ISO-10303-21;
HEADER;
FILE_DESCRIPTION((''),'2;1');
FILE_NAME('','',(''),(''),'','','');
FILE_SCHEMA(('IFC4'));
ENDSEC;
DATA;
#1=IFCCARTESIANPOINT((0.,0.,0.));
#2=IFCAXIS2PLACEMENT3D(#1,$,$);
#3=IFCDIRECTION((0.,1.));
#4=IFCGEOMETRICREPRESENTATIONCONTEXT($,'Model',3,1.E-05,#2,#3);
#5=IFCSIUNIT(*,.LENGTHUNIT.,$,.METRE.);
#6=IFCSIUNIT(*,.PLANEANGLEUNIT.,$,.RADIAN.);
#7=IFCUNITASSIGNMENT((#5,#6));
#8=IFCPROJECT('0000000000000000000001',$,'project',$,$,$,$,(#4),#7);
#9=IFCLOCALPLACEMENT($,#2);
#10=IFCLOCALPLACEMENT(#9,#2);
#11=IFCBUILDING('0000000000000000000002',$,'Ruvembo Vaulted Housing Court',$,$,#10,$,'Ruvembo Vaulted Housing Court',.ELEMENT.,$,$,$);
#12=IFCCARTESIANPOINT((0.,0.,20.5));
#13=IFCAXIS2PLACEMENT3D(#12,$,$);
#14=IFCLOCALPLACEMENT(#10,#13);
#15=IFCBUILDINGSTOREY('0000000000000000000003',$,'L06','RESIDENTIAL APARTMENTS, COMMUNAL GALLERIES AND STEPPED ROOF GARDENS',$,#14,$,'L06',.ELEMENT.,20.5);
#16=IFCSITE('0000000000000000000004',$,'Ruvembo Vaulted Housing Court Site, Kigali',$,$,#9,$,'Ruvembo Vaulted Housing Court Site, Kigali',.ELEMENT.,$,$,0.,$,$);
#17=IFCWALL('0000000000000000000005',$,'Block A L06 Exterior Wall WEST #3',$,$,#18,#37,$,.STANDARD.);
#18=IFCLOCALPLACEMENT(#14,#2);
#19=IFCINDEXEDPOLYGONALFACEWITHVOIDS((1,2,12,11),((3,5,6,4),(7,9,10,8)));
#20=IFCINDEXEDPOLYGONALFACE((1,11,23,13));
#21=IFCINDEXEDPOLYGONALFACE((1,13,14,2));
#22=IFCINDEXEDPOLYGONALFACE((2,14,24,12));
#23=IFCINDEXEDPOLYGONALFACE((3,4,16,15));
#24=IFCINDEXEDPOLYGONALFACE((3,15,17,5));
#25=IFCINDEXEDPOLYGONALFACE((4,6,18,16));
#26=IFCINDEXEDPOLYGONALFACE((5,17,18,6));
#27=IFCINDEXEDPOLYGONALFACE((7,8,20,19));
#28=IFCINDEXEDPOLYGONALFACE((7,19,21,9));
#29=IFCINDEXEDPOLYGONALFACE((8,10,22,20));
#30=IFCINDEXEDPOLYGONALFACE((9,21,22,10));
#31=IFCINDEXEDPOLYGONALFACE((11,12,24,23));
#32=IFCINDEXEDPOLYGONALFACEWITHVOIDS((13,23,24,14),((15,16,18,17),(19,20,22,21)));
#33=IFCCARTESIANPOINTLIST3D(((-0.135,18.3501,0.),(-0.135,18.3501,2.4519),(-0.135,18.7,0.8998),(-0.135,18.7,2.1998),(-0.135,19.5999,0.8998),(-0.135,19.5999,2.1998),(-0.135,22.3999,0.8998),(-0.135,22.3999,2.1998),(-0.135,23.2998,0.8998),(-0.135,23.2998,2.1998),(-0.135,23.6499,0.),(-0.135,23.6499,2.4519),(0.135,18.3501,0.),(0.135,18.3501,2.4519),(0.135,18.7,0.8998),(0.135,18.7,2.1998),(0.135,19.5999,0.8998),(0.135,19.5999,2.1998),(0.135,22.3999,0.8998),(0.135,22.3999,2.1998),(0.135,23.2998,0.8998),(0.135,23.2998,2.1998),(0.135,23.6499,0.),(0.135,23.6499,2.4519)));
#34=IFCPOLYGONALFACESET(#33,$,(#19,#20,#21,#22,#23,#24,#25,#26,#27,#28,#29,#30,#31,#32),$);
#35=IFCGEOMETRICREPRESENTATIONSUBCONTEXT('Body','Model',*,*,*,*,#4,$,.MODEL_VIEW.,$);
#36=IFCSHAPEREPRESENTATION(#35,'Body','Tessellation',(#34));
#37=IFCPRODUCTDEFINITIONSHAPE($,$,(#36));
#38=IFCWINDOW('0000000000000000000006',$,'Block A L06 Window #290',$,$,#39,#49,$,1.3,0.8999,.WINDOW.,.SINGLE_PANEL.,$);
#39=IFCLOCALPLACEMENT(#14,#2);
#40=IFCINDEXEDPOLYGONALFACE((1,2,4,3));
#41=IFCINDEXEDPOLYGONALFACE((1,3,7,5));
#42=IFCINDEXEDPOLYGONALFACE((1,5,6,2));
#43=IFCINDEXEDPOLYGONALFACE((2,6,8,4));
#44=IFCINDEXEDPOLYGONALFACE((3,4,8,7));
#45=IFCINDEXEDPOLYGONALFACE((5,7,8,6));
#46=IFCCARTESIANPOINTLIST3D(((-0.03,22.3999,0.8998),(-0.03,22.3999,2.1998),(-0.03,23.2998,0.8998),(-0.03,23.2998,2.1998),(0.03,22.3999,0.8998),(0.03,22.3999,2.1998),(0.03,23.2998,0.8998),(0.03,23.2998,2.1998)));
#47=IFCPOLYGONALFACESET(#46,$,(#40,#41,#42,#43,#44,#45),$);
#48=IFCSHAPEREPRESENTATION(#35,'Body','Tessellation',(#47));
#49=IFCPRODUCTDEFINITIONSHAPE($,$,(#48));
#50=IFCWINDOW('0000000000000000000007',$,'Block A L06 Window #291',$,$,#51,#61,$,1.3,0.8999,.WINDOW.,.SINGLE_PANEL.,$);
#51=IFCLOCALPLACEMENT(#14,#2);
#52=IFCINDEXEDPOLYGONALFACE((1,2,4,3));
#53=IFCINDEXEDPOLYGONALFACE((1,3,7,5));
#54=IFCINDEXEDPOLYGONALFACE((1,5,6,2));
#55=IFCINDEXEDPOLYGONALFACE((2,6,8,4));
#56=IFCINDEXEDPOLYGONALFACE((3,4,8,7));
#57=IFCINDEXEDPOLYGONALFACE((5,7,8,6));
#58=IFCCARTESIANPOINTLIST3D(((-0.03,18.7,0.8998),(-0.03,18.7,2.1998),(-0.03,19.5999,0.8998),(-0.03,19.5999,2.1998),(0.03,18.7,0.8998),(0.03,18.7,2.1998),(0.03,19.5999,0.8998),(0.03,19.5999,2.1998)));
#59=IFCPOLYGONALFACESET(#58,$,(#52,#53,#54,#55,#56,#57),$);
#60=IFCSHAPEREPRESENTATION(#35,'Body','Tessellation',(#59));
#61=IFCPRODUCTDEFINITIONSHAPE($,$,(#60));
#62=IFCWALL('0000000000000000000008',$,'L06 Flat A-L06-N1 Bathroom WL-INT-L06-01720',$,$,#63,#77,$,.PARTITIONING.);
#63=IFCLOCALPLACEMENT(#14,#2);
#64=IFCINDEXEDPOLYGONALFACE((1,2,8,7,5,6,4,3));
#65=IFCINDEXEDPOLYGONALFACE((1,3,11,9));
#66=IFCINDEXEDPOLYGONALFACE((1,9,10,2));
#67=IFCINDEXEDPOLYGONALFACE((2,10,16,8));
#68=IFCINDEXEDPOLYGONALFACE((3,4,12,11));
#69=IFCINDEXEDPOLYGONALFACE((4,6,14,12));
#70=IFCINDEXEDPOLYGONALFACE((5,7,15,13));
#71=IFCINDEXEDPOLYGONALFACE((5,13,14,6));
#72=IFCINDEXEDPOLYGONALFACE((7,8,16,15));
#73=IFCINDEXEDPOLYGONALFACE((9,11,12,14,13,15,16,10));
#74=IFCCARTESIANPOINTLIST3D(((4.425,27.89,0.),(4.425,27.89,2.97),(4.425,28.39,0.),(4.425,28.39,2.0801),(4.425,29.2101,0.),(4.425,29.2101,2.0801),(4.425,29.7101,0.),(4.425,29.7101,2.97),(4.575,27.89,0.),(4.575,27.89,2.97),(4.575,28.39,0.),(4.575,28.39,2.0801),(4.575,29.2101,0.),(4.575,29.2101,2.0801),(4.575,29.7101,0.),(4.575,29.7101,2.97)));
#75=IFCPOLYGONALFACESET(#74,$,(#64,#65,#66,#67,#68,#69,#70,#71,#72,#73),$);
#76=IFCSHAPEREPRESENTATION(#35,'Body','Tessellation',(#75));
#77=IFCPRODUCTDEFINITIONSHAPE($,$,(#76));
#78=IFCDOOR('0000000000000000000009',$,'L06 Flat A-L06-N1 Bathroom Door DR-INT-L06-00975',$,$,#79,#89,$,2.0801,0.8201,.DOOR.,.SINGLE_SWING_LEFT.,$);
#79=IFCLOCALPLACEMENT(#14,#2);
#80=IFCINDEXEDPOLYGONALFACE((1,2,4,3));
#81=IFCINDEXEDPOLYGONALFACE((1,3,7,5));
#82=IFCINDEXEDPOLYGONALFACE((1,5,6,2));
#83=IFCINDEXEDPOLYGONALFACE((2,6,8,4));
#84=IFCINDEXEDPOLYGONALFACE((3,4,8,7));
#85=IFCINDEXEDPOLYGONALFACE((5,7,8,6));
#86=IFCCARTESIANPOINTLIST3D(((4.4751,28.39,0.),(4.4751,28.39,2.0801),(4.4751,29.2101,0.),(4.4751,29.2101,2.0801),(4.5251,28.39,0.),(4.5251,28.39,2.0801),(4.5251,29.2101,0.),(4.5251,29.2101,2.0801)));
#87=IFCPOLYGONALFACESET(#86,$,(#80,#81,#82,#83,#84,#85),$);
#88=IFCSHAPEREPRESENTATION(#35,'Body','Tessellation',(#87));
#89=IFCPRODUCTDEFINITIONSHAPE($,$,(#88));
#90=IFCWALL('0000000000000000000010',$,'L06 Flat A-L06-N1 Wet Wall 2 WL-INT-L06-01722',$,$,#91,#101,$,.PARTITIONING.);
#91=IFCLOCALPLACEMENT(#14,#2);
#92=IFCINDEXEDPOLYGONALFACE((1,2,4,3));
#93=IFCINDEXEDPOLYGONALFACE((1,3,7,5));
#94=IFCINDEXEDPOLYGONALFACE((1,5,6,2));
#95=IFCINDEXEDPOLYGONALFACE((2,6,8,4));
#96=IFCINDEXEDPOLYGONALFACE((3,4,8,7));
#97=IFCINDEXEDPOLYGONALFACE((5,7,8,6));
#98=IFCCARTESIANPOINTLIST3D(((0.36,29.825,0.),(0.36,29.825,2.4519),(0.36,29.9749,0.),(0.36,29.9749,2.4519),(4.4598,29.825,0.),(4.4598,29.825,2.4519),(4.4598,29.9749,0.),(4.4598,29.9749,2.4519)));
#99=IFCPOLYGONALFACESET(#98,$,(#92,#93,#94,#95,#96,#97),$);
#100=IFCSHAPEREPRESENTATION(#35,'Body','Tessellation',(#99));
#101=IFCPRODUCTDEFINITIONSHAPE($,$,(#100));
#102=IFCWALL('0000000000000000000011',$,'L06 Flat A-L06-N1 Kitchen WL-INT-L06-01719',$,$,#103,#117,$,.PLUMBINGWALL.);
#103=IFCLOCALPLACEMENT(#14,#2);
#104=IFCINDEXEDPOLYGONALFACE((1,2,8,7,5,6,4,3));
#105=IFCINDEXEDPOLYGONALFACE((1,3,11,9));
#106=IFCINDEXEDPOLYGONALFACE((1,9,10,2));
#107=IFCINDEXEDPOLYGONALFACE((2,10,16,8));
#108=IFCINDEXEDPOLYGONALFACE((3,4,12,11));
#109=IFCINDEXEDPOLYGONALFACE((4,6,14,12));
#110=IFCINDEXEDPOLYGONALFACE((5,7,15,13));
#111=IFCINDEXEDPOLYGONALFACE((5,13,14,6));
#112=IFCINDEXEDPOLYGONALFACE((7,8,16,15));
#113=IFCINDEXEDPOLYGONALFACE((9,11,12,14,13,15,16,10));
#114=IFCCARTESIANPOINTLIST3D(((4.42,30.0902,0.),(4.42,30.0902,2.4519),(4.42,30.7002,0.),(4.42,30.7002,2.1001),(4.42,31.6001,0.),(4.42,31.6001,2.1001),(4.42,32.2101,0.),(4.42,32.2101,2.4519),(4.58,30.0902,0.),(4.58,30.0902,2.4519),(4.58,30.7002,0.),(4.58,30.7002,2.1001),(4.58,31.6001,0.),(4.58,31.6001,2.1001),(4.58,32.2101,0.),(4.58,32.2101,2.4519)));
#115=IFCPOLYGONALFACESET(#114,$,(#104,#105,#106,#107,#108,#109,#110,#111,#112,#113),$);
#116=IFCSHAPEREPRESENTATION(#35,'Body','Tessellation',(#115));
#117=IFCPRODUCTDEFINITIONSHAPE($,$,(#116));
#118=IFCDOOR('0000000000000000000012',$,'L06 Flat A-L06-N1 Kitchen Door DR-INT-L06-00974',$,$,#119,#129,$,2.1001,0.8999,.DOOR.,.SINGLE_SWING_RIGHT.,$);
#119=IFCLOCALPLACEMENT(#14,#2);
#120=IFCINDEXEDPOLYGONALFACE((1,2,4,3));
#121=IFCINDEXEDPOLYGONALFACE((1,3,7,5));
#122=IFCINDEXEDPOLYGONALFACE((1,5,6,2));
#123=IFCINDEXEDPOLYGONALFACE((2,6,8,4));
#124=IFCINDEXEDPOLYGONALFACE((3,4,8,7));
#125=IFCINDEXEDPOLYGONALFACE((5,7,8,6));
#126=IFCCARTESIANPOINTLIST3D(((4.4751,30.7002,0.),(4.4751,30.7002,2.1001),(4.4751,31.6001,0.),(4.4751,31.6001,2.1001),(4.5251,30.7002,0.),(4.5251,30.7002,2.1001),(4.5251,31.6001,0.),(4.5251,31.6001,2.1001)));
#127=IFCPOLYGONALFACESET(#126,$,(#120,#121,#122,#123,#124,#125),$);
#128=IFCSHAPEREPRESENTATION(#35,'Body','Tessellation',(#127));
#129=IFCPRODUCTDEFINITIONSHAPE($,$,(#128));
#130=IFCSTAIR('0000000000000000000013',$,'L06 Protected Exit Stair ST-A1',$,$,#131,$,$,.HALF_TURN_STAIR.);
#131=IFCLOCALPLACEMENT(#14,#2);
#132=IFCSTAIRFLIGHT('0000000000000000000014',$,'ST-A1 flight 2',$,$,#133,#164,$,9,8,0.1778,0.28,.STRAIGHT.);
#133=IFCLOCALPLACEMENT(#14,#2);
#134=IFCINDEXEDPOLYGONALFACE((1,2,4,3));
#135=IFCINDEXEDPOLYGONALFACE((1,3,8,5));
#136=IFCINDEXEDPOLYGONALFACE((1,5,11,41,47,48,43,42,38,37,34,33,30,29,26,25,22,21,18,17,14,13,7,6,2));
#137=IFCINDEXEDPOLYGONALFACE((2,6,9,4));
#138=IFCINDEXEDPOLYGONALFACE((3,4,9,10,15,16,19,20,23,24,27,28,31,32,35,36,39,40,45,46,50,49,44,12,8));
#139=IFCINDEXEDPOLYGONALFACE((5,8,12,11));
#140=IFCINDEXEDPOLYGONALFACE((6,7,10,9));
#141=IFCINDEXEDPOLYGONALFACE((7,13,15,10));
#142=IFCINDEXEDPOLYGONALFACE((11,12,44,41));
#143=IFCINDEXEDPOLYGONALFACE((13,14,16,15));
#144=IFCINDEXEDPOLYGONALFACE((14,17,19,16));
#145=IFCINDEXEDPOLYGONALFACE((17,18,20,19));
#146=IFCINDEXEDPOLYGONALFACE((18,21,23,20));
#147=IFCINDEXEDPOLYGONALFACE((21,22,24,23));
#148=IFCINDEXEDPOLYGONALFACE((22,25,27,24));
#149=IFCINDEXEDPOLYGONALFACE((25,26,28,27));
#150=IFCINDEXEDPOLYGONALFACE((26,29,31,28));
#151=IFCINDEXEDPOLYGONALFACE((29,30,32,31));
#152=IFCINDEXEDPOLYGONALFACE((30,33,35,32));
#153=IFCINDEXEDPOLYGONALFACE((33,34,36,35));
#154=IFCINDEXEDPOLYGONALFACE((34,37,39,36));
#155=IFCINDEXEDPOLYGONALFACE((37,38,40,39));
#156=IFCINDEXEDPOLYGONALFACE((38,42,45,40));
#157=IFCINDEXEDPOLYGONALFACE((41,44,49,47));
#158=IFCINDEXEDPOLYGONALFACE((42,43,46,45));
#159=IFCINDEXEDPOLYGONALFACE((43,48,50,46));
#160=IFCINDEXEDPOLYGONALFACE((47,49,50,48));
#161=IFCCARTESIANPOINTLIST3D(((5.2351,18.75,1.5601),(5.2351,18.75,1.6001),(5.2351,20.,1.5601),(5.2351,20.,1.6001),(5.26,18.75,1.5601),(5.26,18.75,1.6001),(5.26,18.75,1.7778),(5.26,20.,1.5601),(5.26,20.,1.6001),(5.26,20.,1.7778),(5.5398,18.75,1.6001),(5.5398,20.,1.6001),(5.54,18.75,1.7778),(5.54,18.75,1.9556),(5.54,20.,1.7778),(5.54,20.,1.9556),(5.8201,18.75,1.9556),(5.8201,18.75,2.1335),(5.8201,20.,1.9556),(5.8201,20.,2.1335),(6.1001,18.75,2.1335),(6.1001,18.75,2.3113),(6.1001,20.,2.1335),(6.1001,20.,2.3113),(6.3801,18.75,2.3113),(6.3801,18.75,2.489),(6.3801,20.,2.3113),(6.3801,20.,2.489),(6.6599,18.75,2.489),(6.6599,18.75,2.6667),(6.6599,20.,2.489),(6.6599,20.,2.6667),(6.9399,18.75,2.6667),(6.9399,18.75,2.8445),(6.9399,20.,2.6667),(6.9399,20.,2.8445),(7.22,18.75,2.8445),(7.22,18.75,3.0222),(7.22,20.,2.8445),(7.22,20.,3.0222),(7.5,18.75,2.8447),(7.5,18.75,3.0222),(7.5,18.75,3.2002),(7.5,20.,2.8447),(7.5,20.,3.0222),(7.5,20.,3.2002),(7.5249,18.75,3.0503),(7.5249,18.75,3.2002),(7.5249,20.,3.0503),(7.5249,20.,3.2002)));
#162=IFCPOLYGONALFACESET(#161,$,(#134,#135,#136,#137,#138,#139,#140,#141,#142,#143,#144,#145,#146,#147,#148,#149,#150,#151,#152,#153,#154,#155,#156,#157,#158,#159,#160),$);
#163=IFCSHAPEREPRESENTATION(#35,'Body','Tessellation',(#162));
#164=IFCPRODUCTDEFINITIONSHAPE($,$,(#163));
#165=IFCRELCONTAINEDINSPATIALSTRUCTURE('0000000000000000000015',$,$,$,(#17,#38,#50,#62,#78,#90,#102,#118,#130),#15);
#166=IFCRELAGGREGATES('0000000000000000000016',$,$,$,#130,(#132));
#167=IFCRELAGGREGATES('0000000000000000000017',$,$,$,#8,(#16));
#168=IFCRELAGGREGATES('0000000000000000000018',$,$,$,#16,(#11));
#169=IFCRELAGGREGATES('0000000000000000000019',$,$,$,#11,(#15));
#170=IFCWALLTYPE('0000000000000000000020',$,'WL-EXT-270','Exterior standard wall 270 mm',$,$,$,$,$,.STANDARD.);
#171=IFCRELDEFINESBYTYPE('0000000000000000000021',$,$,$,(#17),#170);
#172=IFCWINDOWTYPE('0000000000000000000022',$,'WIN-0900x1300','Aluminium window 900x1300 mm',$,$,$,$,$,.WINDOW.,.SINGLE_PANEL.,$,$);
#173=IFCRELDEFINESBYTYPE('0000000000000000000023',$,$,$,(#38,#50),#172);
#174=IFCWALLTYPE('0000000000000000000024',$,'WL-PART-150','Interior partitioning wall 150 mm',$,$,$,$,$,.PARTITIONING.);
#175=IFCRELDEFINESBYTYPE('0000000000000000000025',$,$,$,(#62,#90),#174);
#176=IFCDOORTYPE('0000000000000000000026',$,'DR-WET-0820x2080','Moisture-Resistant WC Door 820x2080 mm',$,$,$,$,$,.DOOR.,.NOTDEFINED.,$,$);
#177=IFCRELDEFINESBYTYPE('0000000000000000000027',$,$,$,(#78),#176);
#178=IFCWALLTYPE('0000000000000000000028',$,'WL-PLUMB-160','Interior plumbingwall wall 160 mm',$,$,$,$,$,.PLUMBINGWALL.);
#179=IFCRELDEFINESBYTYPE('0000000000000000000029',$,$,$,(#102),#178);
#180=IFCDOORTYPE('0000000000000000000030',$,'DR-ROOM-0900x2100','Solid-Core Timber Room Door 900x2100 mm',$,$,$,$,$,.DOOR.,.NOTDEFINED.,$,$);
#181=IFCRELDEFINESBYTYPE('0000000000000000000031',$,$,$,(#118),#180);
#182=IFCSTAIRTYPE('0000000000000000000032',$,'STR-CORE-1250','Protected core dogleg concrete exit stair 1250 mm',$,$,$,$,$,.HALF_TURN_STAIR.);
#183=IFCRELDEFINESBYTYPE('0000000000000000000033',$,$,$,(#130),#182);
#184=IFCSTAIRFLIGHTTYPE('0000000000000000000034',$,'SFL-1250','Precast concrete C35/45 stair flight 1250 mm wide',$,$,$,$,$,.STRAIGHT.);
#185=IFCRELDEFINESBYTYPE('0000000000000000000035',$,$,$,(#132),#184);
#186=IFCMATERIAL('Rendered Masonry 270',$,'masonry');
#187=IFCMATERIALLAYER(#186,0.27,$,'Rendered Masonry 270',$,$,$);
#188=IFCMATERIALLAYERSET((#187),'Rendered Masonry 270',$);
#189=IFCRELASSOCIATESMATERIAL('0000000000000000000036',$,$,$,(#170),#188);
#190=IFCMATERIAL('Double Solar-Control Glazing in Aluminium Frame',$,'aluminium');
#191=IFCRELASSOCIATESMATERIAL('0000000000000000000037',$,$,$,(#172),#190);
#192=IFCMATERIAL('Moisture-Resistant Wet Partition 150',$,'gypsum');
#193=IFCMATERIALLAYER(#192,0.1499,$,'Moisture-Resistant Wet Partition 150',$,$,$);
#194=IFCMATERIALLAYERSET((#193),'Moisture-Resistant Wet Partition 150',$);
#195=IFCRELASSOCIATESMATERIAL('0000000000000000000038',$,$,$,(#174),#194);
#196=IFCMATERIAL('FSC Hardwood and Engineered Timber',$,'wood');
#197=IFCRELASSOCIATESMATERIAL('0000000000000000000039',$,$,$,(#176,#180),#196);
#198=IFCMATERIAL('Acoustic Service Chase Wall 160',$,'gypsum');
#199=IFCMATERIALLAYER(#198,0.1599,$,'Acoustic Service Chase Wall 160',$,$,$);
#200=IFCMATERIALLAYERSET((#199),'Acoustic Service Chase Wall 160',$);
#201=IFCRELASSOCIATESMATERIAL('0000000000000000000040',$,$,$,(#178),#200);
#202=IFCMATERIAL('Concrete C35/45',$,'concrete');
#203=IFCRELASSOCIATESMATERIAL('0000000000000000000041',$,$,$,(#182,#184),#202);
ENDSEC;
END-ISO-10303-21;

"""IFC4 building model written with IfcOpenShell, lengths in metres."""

from ifc_helpers import new_model, si_unit, direction, frame, frame_2d, origin, place, context, subcontext, project, spatial, polyline, rectangle, outline, extrude, material, layer, layer_set, type_object, element, fill, aggregate, save


model = new_model("IFC4")

# Units and contexts
model_context = context("Model", 3, precision=1e-05, world=origin(), true_north=direction((0.0, 1.0)))
body_context = subcontext(model_context, "Body", "Model", "MODEL_VIEW")
ifc_project = project(units=[si_unit("LENGTHUNIT", "METRE"), si_unit("PLANEANGLEUNIT", "RADIAN")], contexts=[model_context])

# Site, building, storey
site_placement = place(None, origin())
site = spatial("IfcSite", under=ifc_project, at=site_placement, Name="Ruvembo Vaulted Housing Court Site, Kigali", LongName="Ruvembo Vaulted Housing Court Site, Kigali", CompositionType="ELEMENT", RefElevation=0.0)
building_placement = place(site_placement, origin())
building = spatial("IfcBuilding", under=site, at=building_placement, Name="Ruvembo Vaulted Housing Court", LongName="Ruvembo Vaulted Housing Court", CompositionType="ELEMENT")
storey_placement = place(building_placement, frame((0.0, 0.0, 20.5)))
storey = spatial("IfcBuildingStorey", under=building, at=storey_placement, Name="L06", Description="RESIDENTIAL APARTMENTS, COMMUNAL GALLERIES AND STEPPED ROOF GARDENS", LongName="L06", CompositionType="ELEMENT", Elevation=20.5)

# Shared definitions
ifc_material_1 = material(Name="Concrete C35/45", Category="concrete")

# Shared definitions
ifc_material_2 = material(Name="FSC Hardwood and Engineered Timber", Category="wood")

# Wall, openings, windows
ifc_material_3 = material(Name="Rendered Masonry 270", Category="masonry")
ifc_layer_1 = layer(ifc_material_3, 0.27, Name="Rendered Masonry 270")
ifc_layer_set_1 = layer_set([ifc_layer_1], Name="Rendered Masonry 270")
wall_type_1 = type_object("IfcWallType", Name="WL-EXT-270", Description="Exterior standard wall 270 mm", PredefinedType="STANDARD", material=ifc_layer_set_1)
ifc_material_4 = material(Name="Double Solar-Control Glazing in Aluminium Frame", Category="aluminium")
wall_1_placement = place(storey_placement, frame((0.0, 23.6499, 0.0), z_axis=(0.0, 0.0, 1.0), x_axis=(0.0, -1.0, 0.0)))
wall_1 = element("IfcWall", 1, at=wall_1_placement, inside=storey, type_object=wall_type_1, Name="Block A L06 Exterior Wall WEST #3", PredefinedType="STANDARD", context=body_context, shape_type="SweptSolid", body=[
    extrude(rectangle(XDim=5.2998, YDim=0.27, at=frame_2d((2.6499, 0.0))), origin(), (0.0, 0.0, 1.0), 2.4519),
])
opening_1_placement = place(wall_1_placement, frame((0.3501, 0.0, 0.8999)))
opening_1 = element("IfcOpeningElement", 2, at=opening_1_placement, cuts=wall_1, PredefinedType="OPENING", context=body_context, shape_type="SweptSolid", body=[
    extrude(rectangle(XDim=0.8999, YDim=1.3, at=frame_2d((0.45, 0.6499))), frame((0.0, 0.145, 0.0), z_axis=(0.0, -1.0, 0.0), x_axis=(1.0, 0.0, 0.0)), (0.0, 0.0, 1.0), 0.29),
])
opening_2_placement = place(wall_1_placement, frame((4.05, 0.0, 0.8999)))
opening_2 = element("IfcOpeningElement", 3, at=opening_2_placement, cuts=wall_1, PredefinedType="OPENING", context=body_context, shape_type="SweptSolid", body=[
    extrude(rectangle(XDim=0.8999, YDim=1.3, at=frame_2d((0.45, 0.6499))), frame((0.0, 0.145, 0.0), z_axis=(0.0, -1.0, 0.0), x_axis=(1.0, 0.0, 0.0)), (0.0, 0.0, 1.0), 0.29),
])
window_type_1 = type_object("IfcWindowType", Name="WIN-0900x1300", Description="Aluminium window 900x1300 mm", PartitioningType="SINGLE_PANEL", PredefinedType="WINDOW", material=ifc_material_4)
window_1_placement = place(opening_1_placement, origin())
window_1 = element("IfcWindow", 4, at=window_1_placement, inside=storey, type_object=window_type_1, Name="Block A L06 Window #290", OverallHeight=1.3, OverallWidth=0.8999, PartitioningType="SINGLE_PANEL", PredefinedType="WINDOW", context=body_context, shape_type="SweptSolid", body=[
    extrude(rectangle(XDim=0.8999, YDim=1.3, at=frame_2d((0.45, 0.6499))), frame((0.0, 0.03, 0.0), z_axis=(0.0, -1.0, 0.0), x_axis=(1.0, 0.0, 0.0)), (0.0, 0.0, 1.0), 0.0601),
])
fill(opening_1, window_1)
window_2_placement = place(opening_2_placement, origin())
window_2 = element("IfcWindow", 5, at=window_2_placement, inside=storey, type_object=window_type_1, Name="Block A L06 Window #291", OverallHeight=1.3, OverallWidth=0.8999, PartitioningType="SINGLE_PANEL", PredefinedType="WINDOW", context=body_context, shape_type="SweptSolid", body=[
    extrude(rectangle(XDim=0.8999, YDim=1.3, at=frame_2d((0.45, 0.6499))), frame((0.0, 0.03, 0.0), z_axis=(0.0, -1.0, 0.0), x_axis=(1.0, 0.0, 0.0)), (0.0, 0.0, 1.0), 0.0601),
])
fill(opening_2, window_2)

# Wall, opening, door
ifc_material_5 = material(Name="Moisture-Resistant Wet Partition 150", Category="gypsum")
ifc_layer_2 = layer(ifc_material_5, 0.1499, Name="Moisture-Resistant Wet Partition 150")
ifc_layer_set_2 = layer_set([ifc_layer_2], Name="Moisture-Resistant Wet Partition 150")
wall_type_2 = type_object("IfcWallType", Name="WL-PART-150", Description="Interior partitioning wall 150 mm", PredefinedType="PARTITIONING", material=ifc_layer_set_2)
wall_2_placement = place(storey_placement, frame((4.5, 27.8899, 0.0), z_axis=(0.0, 0.0, 1.0), x_axis=(0.0, 1.0, 0.0)))
wall_2 = element("IfcWall", 6, at=wall_2_placement, inside=storey, type_object=wall_type_2, Name="L06 Flat A-L06-N1 Bathroom WL-INT-L06-01720", PredefinedType="PARTITIONING", context=body_context, shape_type="SweptSolid", body=[
    extrude(rectangle(XDim=1.8201, YDim=0.1499, at=frame_2d((0.9102, 0.0))), origin(), (0.0, 0.0, 1.0), 2.97),
])
opening_3_placement = place(wall_2_placement, frame((0.5, 0.0, 0.0)))
opening_3 = element("IfcOpeningElement", 7, at=opening_3_placement, cuts=wall_2, PredefinedType="OPENING", context=body_context, shape_type="SweptSolid", body=[
    extrude(rectangle(XDim=0.8201, YDim=2.0801, at=frame_2d((0.4102, 1.04))), frame((0.0, 0.085, 0.0), z_axis=(0.0, -1.0, 0.0), x_axis=(1.0, 0.0, 0.0)), (0.0, 0.0, 1.0), 0.1699),
])
door_type_1 = type_object("IfcDoorType", Name="DR-WET-0820x2080", Description="Moisture-Resistant WC Door 820x2080 mm", OperationType="NOTDEFINED", PredefinedType="DOOR", material=ifc_material_2)
door_1_placement = place(opening_3_placement, origin())
door_1 = element("IfcDoor", 8, at=door_1_placement, inside=storey, type_object=door_type_1, Name="L06 Flat A-L06-N1 Bathroom Door DR-INT-L06-00975", OperationType="SINGLE_SWING_LEFT", OverallHeight=2.0801, OverallWidth=0.8201, PredefinedType="DOOR", context=body_context, shape_type="SweptSolid", body=[
    extrude(rectangle(XDim=0.8201, YDim=2.0801, at=frame_2d((0.4102, 1.04))), frame((0.0, 0.0249, 0.0), z_axis=(0.0, -1.0, 0.0), x_axis=(1.0, 0.0, 0.0)), (0.0, 0.0, 1.0), 0.05),
])
fill(opening_3, door_1)

# Wall
wall_3_placement = place(storey_placement, frame((0.3601, 29.8999, 0.0), z_axis=(0.0, 0.0, 1.0), x_axis=(1.0, 0.0, 0.0)))
element("IfcWall", 9, at=wall_3_placement, inside=storey, type_object=wall_type_2, Name="L06 Flat A-L06-N1 Wet Wall 2 WL-INT-L06-01722", PredefinedType="PARTITIONING", context=body_context, shape_type="SweptSolid", body=[
    extrude(rectangle(XDim=4.0999, YDim=0.1499, at=frame_2d((2.0498, 0.0))), origin(), (0.0, 0.0, 1.0), 2.4519),
])

# Wall, opening, door
ifc_material_6 = material(Name="Acoustic Service Chase Wall 160", Category="gypsum")
ifc_layer_3 = layer(ifc_material_6, 0.1599, Name="Acoustic Service Chase Wall 160")
ifc_layer_set_3 = layer_set([ifc_layer_3], Name="Acoustic Service Chase Wall 160")
wall_type_3 = type_object("IfcWallType", Name="WL-PLUMB-160", Description="Interior plumbingwall wall 160 mm", PredefinedType="PLUMBINGWALL", material=ifc_layer_set_3)
wall_4_placement = place(storey_placement, frame((4.5, 30.0901, 0.0), z_axis=(0.0, 0.0, 1.0), x_axis=(0.0, 1.0, 0.0)))
wall_4 = element("IfcWall", 10, at=wall_4_placement, inside=storey, type_object=wall_type_3, Name="L06 Flat A-L06-N1 Kitchen WL-INT-L06-01719", PredefinedType="PLUMBINGWALL", context=body_context, shape_type="SweptSolid", body=[
    extrude(rectangle(XDim=2.1199, YDim=0.1599, at=frame_2d((1.0601, 0.0))), origin(), (0.0, 0.0, 1.0), 2.4519),
])
opening_4_placement = place(wall_4_placement, frame((0.6101, 0.0, 0.0)))
opening_4 = element("IfcOpeningElement", 11, at=opening_4_placement, cuts=wall_4, PredefinedType="OPENING", context=body_context, shape_type="SweptSolid", body=[
    extrude(rectangle(XDim=0.8999, YDim=2.1001, at=frame_2d((0.45, 1.05))), frame((0.0, 0.0898, 0.0), z_axis=(0.0, -1.0, 0.0), x_axis=(1.0, 0.0, 0.0)), (0.0, 0.0, 1.0), 0.1799),
])
door_type_2 = type_object("IfcDoorType", Name="DR-ROOM-0900x2100", Description="Solid-Core Timber Room Door 900x2100 mm", OperationType="NOTDEFINED", PredefinedType="DOOR", material=ifc_material_2)
door_2_placement = place(opening_4_placement, origin())
door_2 = element("IfcDoor", 12, at=door_2_placement, inside=storey, type_object=door_type_2, Name="L06 Flat A-L06-N1 Kitchen Door DR-INT-L06-00974", OperationType="SINGLE_SWING_RIGHT", OverallHeight=2.1001, OverallWidth=0.8999, PredefinedType="DOOR", context=body_context, shape_type="SweptSolid", body=[
    extrude(rectangle(XDim=0.8999, YDim=2.1001, at=frame_2d((0.45, 1.05))), frame((0.0, 0.0249, 0.0), z_axis=(0.0, -1.0, 0.0), x_axis=(1.0, 0.0, 0.0)), (0.0, 0.0, 1.0), 0.05),
])
fill(opening_4, door_2)

# Stair, stair flight
stair_type = type_object("IfcStairType", Name="STR-CORE-1250", Description="Protected core dogleg concrete exit stair 1250 mm", PredefinedType="HALF_TURN_STAIR", material=ifc_material_1)
stair_placement = place(storey_placement, origin())
stair = element("IfcStair", 13, at=stair_placement, inside=storey, type_object=stair_type, Name="L06 Protected Exit Stair ST-A1", PredefinedType="HALF_TURN_STAIR")
stair_flight_type = type_object("IfcStairFlightType", Name="SFL-1250", Description="Precast concrete C35/45 stair flight 1250 mm wide", PredefinedType="STRAIGHT", material=ifc_material_1)
stair_flight_placement = place(storey_placement, frame((5.26, 19.375, 1.6001), z_axis=(0.0, 0.0, 1.0), x_axis=(1.0, 0.0, 0.0)))
stair_flight = element("IfcStairFlight", 14, at=stair_flight_placement, type_object=stair_flight_type, Name="ST-A1 flight 2", NumberOfRisers=9, NumberOfTreads=8, PredefinedType="STRAIGHT", RiserHeight=0.1778, TreadLength=0.28, context=body_context, shape_type="SweptSolid", body=[
    extrude(outline(polyline([(-0.0249, -0.04), (-0.0249, 0.0), (0.0, 0.0), (0.0, 0.1777), (0.28, 0.1777), (0.28, 0.3555), (0.5601, 0.3555), (0.5601, 0.5334), (0.8401, 0.5334), (0.8401, 0.7112), (1.1201, 0.7112), (1.1201, 0.8889), (1.3999, 0.8889), (1.3999, 1.0667), (1.6799, 1.0667), (1.6799, 1.2444), (1.96, 1.2444), (1.96, 1.4221), (2.24, 1.4221), (2.24, 1.6001), (2.2649, 1.6001), (2.2649, 1.4502), (2.24, 1.2446), (0.2798, 0.0), (0.0, -0.04), (-0.0249, -0.04)])), frame((0.0, 0.625, 0.0), z_axis=(0.0, -1.0, 0.0), x_axis=(1.0, 0.0, 0.0)), (0.0, 0.0, 1.0), 1.25),
])
aggregate(stair, [stair_flight])

save(model, "model.ifc")
